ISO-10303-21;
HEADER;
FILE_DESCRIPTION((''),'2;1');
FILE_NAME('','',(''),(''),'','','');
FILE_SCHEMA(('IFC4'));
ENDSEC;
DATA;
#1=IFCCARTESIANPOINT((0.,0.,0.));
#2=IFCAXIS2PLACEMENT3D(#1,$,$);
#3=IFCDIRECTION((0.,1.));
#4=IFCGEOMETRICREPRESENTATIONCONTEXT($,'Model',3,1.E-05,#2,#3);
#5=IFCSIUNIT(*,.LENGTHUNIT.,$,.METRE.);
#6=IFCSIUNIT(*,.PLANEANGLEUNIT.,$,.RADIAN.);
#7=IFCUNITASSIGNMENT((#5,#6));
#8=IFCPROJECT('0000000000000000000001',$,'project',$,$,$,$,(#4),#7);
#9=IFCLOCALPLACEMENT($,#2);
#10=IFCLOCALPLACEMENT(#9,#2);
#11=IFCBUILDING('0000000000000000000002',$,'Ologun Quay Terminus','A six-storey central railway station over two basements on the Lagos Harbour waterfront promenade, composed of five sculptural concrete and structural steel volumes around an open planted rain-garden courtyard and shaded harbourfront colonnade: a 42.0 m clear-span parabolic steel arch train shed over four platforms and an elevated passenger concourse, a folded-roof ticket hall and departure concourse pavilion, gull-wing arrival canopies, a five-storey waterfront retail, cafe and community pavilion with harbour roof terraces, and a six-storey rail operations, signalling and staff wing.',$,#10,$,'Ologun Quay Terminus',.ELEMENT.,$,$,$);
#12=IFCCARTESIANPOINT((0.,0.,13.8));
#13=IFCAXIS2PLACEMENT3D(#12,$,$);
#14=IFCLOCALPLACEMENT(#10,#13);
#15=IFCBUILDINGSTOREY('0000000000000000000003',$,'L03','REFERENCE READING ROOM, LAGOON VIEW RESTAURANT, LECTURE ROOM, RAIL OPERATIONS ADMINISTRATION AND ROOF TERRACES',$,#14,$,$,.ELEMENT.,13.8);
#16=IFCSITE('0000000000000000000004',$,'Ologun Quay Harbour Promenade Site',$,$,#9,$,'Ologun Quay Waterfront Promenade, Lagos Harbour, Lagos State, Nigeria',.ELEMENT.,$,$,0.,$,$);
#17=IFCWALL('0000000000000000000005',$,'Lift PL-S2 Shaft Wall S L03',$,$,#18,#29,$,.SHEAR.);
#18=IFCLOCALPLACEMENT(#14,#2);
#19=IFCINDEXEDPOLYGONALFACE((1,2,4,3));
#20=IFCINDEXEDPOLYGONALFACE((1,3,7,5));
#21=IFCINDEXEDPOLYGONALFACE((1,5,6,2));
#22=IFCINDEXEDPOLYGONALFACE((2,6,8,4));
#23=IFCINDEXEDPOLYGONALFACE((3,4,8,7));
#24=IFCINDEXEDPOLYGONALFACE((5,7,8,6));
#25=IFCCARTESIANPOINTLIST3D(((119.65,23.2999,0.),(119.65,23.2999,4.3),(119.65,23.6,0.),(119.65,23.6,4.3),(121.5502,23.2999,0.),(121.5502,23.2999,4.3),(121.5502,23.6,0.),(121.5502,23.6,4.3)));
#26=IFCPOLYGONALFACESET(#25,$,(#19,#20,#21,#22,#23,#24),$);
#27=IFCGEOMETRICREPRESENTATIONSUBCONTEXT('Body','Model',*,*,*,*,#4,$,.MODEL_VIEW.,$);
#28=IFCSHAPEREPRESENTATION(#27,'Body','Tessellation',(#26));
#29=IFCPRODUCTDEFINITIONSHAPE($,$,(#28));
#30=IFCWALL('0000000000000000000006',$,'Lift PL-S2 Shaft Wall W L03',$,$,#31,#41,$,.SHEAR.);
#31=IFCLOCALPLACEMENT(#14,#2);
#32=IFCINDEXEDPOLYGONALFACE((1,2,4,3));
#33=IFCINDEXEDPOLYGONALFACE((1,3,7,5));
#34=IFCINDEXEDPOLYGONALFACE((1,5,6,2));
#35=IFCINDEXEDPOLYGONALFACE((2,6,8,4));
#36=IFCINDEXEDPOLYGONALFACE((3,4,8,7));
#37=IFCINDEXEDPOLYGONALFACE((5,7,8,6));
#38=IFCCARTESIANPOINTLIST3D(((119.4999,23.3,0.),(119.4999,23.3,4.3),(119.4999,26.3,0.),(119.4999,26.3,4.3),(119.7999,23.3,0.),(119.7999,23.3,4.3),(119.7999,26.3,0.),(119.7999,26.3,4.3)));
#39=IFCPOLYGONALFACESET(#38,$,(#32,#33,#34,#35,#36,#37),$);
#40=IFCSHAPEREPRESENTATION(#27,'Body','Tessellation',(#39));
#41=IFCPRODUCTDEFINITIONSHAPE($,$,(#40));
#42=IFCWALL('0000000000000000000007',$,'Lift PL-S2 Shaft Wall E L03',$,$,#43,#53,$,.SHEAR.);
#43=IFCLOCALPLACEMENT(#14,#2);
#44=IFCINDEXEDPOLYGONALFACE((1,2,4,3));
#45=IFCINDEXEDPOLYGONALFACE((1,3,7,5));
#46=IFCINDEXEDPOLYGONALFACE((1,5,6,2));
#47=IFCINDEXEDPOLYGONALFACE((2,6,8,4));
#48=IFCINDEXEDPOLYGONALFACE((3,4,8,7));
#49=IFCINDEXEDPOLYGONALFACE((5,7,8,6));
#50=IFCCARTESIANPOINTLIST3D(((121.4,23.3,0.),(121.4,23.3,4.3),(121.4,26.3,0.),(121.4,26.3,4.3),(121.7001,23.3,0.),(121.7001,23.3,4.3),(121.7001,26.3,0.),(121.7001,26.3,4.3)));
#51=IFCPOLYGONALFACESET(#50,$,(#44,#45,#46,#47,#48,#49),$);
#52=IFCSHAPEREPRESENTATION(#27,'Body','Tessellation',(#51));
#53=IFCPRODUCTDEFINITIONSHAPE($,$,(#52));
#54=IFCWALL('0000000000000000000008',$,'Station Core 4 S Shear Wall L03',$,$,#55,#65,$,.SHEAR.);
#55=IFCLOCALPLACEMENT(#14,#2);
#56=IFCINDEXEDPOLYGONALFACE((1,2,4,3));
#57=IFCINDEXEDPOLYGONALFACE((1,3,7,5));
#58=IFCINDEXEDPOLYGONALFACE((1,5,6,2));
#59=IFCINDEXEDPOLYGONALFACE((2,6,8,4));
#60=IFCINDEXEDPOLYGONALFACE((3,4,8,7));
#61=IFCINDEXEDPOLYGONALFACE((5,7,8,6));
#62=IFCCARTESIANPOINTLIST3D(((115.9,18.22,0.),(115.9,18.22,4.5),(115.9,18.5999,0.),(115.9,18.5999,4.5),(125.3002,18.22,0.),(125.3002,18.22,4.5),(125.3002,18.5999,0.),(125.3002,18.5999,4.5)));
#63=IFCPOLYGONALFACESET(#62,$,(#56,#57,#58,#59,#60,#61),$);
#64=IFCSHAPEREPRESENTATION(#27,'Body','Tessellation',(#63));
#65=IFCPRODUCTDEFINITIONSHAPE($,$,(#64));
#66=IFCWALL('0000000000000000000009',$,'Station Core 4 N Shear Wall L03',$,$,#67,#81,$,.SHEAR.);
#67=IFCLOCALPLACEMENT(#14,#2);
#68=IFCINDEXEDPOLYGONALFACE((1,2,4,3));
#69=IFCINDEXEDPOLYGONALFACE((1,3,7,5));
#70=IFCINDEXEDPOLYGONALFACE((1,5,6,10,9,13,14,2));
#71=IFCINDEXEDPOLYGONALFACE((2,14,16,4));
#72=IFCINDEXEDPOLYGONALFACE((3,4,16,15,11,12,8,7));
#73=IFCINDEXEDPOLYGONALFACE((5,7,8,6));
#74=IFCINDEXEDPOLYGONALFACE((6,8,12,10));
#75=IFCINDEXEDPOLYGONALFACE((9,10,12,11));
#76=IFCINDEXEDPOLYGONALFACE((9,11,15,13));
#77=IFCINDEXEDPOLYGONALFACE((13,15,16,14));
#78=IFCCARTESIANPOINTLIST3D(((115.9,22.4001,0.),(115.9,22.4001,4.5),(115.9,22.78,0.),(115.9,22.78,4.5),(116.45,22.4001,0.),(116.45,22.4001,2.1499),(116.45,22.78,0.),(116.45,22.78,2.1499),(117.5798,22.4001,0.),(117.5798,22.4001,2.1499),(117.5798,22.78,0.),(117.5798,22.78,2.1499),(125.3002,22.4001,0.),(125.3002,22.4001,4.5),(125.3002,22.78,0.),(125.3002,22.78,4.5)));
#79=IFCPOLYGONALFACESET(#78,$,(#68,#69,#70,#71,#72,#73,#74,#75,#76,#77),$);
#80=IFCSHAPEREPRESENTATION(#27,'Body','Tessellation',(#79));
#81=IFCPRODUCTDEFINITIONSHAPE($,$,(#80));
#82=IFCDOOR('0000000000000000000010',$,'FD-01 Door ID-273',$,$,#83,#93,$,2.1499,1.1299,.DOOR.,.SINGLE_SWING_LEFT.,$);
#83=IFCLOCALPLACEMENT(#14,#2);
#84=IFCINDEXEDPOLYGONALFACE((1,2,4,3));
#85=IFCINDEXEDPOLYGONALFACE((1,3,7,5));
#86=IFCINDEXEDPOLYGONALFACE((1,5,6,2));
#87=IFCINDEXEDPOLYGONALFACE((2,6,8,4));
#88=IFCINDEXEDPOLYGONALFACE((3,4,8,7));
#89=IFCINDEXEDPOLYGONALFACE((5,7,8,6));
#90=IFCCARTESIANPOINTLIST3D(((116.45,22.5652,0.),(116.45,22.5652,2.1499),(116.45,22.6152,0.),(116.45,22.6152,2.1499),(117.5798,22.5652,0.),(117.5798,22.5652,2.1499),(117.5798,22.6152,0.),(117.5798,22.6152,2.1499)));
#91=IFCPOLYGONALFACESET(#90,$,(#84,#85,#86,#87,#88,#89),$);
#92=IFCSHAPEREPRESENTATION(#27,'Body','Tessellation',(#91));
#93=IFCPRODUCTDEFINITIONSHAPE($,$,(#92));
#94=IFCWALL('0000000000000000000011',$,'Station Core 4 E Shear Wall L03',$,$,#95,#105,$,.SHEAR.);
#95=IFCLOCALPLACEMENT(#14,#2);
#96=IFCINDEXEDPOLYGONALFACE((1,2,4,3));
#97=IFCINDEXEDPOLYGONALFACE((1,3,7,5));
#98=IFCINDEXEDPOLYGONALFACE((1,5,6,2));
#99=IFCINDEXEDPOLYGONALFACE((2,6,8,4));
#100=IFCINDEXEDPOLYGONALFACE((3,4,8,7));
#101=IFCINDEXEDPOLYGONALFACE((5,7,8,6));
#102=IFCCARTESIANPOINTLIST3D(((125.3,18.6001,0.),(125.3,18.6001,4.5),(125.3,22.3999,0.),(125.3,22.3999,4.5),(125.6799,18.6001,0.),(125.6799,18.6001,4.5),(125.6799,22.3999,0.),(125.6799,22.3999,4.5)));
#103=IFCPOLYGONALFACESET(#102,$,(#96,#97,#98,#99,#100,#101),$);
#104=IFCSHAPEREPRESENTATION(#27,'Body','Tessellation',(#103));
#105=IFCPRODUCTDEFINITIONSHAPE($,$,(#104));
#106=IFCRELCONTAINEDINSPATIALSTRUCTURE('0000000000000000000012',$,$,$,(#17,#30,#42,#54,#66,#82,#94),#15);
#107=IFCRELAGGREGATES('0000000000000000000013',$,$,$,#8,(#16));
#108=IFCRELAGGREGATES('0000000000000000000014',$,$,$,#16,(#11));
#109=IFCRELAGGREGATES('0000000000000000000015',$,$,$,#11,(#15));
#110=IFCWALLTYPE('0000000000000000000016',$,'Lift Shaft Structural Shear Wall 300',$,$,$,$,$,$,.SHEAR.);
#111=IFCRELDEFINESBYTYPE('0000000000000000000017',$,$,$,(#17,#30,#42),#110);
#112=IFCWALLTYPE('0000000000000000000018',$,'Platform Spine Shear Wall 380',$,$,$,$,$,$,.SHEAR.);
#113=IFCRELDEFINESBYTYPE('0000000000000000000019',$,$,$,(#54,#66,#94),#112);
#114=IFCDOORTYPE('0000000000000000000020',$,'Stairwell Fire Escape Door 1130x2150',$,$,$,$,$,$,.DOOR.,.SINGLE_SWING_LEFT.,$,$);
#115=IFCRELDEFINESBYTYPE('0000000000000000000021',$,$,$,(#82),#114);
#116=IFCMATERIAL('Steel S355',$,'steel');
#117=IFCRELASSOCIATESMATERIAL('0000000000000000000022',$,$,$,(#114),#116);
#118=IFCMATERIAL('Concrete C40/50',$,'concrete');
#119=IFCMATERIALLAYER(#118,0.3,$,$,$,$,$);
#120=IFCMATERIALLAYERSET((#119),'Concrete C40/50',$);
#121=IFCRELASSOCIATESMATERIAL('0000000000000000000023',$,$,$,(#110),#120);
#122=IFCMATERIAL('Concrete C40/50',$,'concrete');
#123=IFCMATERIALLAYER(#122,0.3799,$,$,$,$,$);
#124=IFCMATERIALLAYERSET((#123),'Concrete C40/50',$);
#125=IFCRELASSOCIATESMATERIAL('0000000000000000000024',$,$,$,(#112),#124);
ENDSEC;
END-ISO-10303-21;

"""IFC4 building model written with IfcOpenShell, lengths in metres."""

from ifc_helpers import new_model, si_unit, direction, frame, frame_2d, origin, place, context, subcontext, project, spatial, rectangle, extrude, material, layer, layer_set, type_object, element, fill, save


model = new_model("IFC4")

# Units and contexts
model_context = context("Model", 3, precision=1e-05, world=origin(), true_north=direction((0.0, 1.0)))
body_context = subcontext(model_context, "Body", "Model", "MODEL_VIEW")
ifc_project = project(units=[si_unit("LENGTHUNIT", "METRE"), si_unit("PLANEANGLEUNIT", "RADIAN")], contexts=[model_context])

# Site, building, storey
site_placement = place(None, origin())
site = spatial("IfcSite", under=ifc_project, at=site_placement, Name="Ologun Quay Harbour Promenade Site", LongName="Ologun Quay Waterfront Promenade, Lagos Harbour, Lagos State, Nigeria", CompositionType="ELEMENT", RefElevation=0.0)
building_placement = place(site_placement, origin())
building = spatial("IfcBuilding", under=site, at=building_placement, Name="Ologun Quay Terminus", Description="A six-storey central railway station over two basements on the Lagos Harbour waterfront promenade, composed of five sculptural concrete and structural steel volumes around an open planted rain-garden courtyard and shaded harbourfront colonnade: a 42.0 m clear-span parabolic steel arch train shed over four platforms and an elevated passenger concourse, a folded-roof ticket hall and departure concourse pavilion, gull-wing arrival canopies, a five-storey waterfront retail, cafe and community pavilion with harbour roof terraces, and a six-storey rail operations, signalling and staff wing.", LongName="Ologun Quay Terminus", CompositionType="ELEMENT")
storey_placement = place(building_placement, frame((0.0, 0.0, 13.8)))
storey = spatial("IfcBuildingStorey", under=building, at=storey_placement, Name="L03", Description="REFERENCE READING ROOM, LAGOON VIEW RESTAURANT, LECTURE ROOM, RAIL OPERATIONS ADMINISTRATION AND ROOF TERRACES", CompositionType="ELEMENT", Elevation=13.8)

# Shared definitions
ifc_material_1 = material(Name="Steel S355", Category="steel")
door_type_1 = type_object("IfcDoorType", Name="Stairwell Fire Escape Door 1130x2150", OperationType="SINGLE_SWING_LEFT", PredefinedType="DOOR", material=ifc_material_1)

# Wall
ifc_material_2 = material(Name="Concrete C40/50", Category="concrete")
ifc_layer_1 = layer(ifc_material_2, 0.3)
ifc_layer_set_1 = layer_set([ifc_layer_1], Name="Concrete C40/50")
wall_type_1 = type_object("IfcWallType", Name="Lift Shaft Structural Shear Wall 300", PredefinedType="SHEAR", material=ifc_layer_set_1)
wall_1_placement = place(storey_placement, frame((119.6499, 23.45, 0.0), z_axis=(0.0, 0.0, 1.0), x_axis=(1.0, 0.0, 0.0)))
element("IfcWall", 1, at=wall_1_placement, inside=storey, type_object=wall_type_1, Name="Lift PL-S2 Shaft Wall S L03", PredefinedType="SHEAR", context=body_context, shape_type="SweptSolid", body=[
    extrude(rectangle(XDim=1.9001, YDim=0.3, at=frame_2d((0.9502, 0.0))), origin(), (0.0, 0.0, 1.0), 4.3),
])

# Walls
for number, where, z_axis, x_axis, name in (
    (2, (119.6499, 23.3, 0.0), (0.0, 0.0, 1.0), (0.0, 1.0, 0.0), "Lift PL-S2 Shaft Wall W L03"),
    (3, (121.55, 23.3, 0.0), (0.0, 0.0, 1.0), (0.0, 1.0, 0.0), "Lift PL-S2 Shaft Wall E L03"),
):
    element("IfcWall", number, at=place(storey_placement, frame(where, z_axis=z_axis, x_axis=x_axis)), inside=storey, type_object=wall_type_1, Name=name, PredefinedType="SHEAR", context=body_context, shape_type="SweptSolid", body=[
        extrude(rectangle(XDim=3.0, YDim=0.3, at=frame_2d((1.5, 0.0))), origin(), (0.0, 0.0, 1.0), 4.3),
    ])
ifc_material_3 = material(Name="Concrete C40/50", Category="concrete")
ifc_layer_2 = layer(ifc_material_3, 0.3799)
ifc_layer_set_2 = layer_set([ifc_layer_2], Name="Concrete C40/50")
wall_type_2 = type_object("IfcWallType", Name="Platform Spine Shear Wall 380", PredefinedType="SHEAR", material=ifc_layer_set_2)
wall_2_placement = place(storey_placement, frame((115.8999, 18.4099, 0.0), z_axis=(0.0, 0.0, 1.0), x_axis=(1.0, 0.0, 0.0)))
element("IfcWall", 4, at=wall_2_placement, inside=storey, type_object=wall_type_2, Name="Station Core 4 S Shear Wall L03", PredefinedType="SHEAR", context=body_context, shape_type="SweptSolid", body=[
    extrude(rectangle(XDim=9.4001, YDim=0.3799, at=frame_2d((4.7002, 0.0))), origin(), (0.0, 0.0, 1.0), 4.5),
])

# Wall, opening, door
wall_3_placement = place(storey_placement, frame((115.8999, 22.5901, 0.0), z_axis=(0.0, 0.0, 1.0), x_axis=(1.0, 0.0, 0.0)))
wall_3 = element("IfcWall", 5, at=wall_3_placement, inside=storey, type_object=wall_type_2, Name="Station Core 4 N Shear Wall L03", PredefinedType="SHEAR", context=body_context, shape_type="SweptSolid", body=[
    extrude(rectangle(XDim=9.4001, YDim=0.3799, at=frame_2d((4.7002, 0.0))), origin(), (0.0, 0.0, 1.0), 4.5),
])
opening_1_placement = place(wall_3_placement, frame((0.55, 0.0, 0.0)))
opening_1 = element("IfcOpeningElement", 6, at=opening_1_placement, cuts=wall_3, PredefinedType="OPENING", context=body_context, shape_type="SweptSolid", body=[
    extrude(rectangle(XDim=1.1299, YDim=2.1499, at=frame_2d((0.5649, 1.075))), frame((0.0, 0.2, 0.0), z_axis=(0.0, -1.0, 0.0), x_axis=(1.0, 0.0, 0.0)), (0.0, 0.0, 1.0), 0.3999),
])
door_1_placement = place(opening_1_placement, frame((0.5649, 0.0, 0.0), z_axis=(0.0, 0.0, 1.0), x_axis=(-1.0, 0.0, 0.0)))
door_1 = element("IfcDoor", 7, at=door_1_placement, inside=storey, type_object=door_type_1, Name="FD-01 Door ID-273", OperationType="SINGLE_SWING_LEFT", OverallHeight=2.1499, OverallWidth=1.1299, PredefinedType="DOOR", context=body_context, shape_type="SweptSolid", body=[
    extrude(rectangle(XDim=1.1299, YDim=2.1499, at=frame_2d((0.0, 1.075))), frame((0.0, 0.0249, 0.0), z_axis=(0.0, -1.0, 0.0), x_axis=(1.0, 0.0, 0.0)), (0.0, 0.0, 1.0), 0.05),
])
fill(opening_1, door_1)

# Wall
wall_4_placement = place(storey_placement, frame((125.49, 18.6001, 0.0), z_axis=(0.0, 0.0, 1.0), x_axis=(0.0, 1.0, 0.0)))
element("IfcWall", 8, at=wall_4_placement, inside=storey, type_object=wall_type_2, Name="Station Core 4 E Shear Wall L03", PredefinedType="SHEAR", context=body_context, shape_type="SweptSolid", body=[
    extrude(rectangle(XDim=3.7998, YDim=0.3799, at=frame_2d((1.8999, 0.0))), origin(), (0.0, 0.0, 1.0), 4.5),
])

save(model, "model.ifc")
